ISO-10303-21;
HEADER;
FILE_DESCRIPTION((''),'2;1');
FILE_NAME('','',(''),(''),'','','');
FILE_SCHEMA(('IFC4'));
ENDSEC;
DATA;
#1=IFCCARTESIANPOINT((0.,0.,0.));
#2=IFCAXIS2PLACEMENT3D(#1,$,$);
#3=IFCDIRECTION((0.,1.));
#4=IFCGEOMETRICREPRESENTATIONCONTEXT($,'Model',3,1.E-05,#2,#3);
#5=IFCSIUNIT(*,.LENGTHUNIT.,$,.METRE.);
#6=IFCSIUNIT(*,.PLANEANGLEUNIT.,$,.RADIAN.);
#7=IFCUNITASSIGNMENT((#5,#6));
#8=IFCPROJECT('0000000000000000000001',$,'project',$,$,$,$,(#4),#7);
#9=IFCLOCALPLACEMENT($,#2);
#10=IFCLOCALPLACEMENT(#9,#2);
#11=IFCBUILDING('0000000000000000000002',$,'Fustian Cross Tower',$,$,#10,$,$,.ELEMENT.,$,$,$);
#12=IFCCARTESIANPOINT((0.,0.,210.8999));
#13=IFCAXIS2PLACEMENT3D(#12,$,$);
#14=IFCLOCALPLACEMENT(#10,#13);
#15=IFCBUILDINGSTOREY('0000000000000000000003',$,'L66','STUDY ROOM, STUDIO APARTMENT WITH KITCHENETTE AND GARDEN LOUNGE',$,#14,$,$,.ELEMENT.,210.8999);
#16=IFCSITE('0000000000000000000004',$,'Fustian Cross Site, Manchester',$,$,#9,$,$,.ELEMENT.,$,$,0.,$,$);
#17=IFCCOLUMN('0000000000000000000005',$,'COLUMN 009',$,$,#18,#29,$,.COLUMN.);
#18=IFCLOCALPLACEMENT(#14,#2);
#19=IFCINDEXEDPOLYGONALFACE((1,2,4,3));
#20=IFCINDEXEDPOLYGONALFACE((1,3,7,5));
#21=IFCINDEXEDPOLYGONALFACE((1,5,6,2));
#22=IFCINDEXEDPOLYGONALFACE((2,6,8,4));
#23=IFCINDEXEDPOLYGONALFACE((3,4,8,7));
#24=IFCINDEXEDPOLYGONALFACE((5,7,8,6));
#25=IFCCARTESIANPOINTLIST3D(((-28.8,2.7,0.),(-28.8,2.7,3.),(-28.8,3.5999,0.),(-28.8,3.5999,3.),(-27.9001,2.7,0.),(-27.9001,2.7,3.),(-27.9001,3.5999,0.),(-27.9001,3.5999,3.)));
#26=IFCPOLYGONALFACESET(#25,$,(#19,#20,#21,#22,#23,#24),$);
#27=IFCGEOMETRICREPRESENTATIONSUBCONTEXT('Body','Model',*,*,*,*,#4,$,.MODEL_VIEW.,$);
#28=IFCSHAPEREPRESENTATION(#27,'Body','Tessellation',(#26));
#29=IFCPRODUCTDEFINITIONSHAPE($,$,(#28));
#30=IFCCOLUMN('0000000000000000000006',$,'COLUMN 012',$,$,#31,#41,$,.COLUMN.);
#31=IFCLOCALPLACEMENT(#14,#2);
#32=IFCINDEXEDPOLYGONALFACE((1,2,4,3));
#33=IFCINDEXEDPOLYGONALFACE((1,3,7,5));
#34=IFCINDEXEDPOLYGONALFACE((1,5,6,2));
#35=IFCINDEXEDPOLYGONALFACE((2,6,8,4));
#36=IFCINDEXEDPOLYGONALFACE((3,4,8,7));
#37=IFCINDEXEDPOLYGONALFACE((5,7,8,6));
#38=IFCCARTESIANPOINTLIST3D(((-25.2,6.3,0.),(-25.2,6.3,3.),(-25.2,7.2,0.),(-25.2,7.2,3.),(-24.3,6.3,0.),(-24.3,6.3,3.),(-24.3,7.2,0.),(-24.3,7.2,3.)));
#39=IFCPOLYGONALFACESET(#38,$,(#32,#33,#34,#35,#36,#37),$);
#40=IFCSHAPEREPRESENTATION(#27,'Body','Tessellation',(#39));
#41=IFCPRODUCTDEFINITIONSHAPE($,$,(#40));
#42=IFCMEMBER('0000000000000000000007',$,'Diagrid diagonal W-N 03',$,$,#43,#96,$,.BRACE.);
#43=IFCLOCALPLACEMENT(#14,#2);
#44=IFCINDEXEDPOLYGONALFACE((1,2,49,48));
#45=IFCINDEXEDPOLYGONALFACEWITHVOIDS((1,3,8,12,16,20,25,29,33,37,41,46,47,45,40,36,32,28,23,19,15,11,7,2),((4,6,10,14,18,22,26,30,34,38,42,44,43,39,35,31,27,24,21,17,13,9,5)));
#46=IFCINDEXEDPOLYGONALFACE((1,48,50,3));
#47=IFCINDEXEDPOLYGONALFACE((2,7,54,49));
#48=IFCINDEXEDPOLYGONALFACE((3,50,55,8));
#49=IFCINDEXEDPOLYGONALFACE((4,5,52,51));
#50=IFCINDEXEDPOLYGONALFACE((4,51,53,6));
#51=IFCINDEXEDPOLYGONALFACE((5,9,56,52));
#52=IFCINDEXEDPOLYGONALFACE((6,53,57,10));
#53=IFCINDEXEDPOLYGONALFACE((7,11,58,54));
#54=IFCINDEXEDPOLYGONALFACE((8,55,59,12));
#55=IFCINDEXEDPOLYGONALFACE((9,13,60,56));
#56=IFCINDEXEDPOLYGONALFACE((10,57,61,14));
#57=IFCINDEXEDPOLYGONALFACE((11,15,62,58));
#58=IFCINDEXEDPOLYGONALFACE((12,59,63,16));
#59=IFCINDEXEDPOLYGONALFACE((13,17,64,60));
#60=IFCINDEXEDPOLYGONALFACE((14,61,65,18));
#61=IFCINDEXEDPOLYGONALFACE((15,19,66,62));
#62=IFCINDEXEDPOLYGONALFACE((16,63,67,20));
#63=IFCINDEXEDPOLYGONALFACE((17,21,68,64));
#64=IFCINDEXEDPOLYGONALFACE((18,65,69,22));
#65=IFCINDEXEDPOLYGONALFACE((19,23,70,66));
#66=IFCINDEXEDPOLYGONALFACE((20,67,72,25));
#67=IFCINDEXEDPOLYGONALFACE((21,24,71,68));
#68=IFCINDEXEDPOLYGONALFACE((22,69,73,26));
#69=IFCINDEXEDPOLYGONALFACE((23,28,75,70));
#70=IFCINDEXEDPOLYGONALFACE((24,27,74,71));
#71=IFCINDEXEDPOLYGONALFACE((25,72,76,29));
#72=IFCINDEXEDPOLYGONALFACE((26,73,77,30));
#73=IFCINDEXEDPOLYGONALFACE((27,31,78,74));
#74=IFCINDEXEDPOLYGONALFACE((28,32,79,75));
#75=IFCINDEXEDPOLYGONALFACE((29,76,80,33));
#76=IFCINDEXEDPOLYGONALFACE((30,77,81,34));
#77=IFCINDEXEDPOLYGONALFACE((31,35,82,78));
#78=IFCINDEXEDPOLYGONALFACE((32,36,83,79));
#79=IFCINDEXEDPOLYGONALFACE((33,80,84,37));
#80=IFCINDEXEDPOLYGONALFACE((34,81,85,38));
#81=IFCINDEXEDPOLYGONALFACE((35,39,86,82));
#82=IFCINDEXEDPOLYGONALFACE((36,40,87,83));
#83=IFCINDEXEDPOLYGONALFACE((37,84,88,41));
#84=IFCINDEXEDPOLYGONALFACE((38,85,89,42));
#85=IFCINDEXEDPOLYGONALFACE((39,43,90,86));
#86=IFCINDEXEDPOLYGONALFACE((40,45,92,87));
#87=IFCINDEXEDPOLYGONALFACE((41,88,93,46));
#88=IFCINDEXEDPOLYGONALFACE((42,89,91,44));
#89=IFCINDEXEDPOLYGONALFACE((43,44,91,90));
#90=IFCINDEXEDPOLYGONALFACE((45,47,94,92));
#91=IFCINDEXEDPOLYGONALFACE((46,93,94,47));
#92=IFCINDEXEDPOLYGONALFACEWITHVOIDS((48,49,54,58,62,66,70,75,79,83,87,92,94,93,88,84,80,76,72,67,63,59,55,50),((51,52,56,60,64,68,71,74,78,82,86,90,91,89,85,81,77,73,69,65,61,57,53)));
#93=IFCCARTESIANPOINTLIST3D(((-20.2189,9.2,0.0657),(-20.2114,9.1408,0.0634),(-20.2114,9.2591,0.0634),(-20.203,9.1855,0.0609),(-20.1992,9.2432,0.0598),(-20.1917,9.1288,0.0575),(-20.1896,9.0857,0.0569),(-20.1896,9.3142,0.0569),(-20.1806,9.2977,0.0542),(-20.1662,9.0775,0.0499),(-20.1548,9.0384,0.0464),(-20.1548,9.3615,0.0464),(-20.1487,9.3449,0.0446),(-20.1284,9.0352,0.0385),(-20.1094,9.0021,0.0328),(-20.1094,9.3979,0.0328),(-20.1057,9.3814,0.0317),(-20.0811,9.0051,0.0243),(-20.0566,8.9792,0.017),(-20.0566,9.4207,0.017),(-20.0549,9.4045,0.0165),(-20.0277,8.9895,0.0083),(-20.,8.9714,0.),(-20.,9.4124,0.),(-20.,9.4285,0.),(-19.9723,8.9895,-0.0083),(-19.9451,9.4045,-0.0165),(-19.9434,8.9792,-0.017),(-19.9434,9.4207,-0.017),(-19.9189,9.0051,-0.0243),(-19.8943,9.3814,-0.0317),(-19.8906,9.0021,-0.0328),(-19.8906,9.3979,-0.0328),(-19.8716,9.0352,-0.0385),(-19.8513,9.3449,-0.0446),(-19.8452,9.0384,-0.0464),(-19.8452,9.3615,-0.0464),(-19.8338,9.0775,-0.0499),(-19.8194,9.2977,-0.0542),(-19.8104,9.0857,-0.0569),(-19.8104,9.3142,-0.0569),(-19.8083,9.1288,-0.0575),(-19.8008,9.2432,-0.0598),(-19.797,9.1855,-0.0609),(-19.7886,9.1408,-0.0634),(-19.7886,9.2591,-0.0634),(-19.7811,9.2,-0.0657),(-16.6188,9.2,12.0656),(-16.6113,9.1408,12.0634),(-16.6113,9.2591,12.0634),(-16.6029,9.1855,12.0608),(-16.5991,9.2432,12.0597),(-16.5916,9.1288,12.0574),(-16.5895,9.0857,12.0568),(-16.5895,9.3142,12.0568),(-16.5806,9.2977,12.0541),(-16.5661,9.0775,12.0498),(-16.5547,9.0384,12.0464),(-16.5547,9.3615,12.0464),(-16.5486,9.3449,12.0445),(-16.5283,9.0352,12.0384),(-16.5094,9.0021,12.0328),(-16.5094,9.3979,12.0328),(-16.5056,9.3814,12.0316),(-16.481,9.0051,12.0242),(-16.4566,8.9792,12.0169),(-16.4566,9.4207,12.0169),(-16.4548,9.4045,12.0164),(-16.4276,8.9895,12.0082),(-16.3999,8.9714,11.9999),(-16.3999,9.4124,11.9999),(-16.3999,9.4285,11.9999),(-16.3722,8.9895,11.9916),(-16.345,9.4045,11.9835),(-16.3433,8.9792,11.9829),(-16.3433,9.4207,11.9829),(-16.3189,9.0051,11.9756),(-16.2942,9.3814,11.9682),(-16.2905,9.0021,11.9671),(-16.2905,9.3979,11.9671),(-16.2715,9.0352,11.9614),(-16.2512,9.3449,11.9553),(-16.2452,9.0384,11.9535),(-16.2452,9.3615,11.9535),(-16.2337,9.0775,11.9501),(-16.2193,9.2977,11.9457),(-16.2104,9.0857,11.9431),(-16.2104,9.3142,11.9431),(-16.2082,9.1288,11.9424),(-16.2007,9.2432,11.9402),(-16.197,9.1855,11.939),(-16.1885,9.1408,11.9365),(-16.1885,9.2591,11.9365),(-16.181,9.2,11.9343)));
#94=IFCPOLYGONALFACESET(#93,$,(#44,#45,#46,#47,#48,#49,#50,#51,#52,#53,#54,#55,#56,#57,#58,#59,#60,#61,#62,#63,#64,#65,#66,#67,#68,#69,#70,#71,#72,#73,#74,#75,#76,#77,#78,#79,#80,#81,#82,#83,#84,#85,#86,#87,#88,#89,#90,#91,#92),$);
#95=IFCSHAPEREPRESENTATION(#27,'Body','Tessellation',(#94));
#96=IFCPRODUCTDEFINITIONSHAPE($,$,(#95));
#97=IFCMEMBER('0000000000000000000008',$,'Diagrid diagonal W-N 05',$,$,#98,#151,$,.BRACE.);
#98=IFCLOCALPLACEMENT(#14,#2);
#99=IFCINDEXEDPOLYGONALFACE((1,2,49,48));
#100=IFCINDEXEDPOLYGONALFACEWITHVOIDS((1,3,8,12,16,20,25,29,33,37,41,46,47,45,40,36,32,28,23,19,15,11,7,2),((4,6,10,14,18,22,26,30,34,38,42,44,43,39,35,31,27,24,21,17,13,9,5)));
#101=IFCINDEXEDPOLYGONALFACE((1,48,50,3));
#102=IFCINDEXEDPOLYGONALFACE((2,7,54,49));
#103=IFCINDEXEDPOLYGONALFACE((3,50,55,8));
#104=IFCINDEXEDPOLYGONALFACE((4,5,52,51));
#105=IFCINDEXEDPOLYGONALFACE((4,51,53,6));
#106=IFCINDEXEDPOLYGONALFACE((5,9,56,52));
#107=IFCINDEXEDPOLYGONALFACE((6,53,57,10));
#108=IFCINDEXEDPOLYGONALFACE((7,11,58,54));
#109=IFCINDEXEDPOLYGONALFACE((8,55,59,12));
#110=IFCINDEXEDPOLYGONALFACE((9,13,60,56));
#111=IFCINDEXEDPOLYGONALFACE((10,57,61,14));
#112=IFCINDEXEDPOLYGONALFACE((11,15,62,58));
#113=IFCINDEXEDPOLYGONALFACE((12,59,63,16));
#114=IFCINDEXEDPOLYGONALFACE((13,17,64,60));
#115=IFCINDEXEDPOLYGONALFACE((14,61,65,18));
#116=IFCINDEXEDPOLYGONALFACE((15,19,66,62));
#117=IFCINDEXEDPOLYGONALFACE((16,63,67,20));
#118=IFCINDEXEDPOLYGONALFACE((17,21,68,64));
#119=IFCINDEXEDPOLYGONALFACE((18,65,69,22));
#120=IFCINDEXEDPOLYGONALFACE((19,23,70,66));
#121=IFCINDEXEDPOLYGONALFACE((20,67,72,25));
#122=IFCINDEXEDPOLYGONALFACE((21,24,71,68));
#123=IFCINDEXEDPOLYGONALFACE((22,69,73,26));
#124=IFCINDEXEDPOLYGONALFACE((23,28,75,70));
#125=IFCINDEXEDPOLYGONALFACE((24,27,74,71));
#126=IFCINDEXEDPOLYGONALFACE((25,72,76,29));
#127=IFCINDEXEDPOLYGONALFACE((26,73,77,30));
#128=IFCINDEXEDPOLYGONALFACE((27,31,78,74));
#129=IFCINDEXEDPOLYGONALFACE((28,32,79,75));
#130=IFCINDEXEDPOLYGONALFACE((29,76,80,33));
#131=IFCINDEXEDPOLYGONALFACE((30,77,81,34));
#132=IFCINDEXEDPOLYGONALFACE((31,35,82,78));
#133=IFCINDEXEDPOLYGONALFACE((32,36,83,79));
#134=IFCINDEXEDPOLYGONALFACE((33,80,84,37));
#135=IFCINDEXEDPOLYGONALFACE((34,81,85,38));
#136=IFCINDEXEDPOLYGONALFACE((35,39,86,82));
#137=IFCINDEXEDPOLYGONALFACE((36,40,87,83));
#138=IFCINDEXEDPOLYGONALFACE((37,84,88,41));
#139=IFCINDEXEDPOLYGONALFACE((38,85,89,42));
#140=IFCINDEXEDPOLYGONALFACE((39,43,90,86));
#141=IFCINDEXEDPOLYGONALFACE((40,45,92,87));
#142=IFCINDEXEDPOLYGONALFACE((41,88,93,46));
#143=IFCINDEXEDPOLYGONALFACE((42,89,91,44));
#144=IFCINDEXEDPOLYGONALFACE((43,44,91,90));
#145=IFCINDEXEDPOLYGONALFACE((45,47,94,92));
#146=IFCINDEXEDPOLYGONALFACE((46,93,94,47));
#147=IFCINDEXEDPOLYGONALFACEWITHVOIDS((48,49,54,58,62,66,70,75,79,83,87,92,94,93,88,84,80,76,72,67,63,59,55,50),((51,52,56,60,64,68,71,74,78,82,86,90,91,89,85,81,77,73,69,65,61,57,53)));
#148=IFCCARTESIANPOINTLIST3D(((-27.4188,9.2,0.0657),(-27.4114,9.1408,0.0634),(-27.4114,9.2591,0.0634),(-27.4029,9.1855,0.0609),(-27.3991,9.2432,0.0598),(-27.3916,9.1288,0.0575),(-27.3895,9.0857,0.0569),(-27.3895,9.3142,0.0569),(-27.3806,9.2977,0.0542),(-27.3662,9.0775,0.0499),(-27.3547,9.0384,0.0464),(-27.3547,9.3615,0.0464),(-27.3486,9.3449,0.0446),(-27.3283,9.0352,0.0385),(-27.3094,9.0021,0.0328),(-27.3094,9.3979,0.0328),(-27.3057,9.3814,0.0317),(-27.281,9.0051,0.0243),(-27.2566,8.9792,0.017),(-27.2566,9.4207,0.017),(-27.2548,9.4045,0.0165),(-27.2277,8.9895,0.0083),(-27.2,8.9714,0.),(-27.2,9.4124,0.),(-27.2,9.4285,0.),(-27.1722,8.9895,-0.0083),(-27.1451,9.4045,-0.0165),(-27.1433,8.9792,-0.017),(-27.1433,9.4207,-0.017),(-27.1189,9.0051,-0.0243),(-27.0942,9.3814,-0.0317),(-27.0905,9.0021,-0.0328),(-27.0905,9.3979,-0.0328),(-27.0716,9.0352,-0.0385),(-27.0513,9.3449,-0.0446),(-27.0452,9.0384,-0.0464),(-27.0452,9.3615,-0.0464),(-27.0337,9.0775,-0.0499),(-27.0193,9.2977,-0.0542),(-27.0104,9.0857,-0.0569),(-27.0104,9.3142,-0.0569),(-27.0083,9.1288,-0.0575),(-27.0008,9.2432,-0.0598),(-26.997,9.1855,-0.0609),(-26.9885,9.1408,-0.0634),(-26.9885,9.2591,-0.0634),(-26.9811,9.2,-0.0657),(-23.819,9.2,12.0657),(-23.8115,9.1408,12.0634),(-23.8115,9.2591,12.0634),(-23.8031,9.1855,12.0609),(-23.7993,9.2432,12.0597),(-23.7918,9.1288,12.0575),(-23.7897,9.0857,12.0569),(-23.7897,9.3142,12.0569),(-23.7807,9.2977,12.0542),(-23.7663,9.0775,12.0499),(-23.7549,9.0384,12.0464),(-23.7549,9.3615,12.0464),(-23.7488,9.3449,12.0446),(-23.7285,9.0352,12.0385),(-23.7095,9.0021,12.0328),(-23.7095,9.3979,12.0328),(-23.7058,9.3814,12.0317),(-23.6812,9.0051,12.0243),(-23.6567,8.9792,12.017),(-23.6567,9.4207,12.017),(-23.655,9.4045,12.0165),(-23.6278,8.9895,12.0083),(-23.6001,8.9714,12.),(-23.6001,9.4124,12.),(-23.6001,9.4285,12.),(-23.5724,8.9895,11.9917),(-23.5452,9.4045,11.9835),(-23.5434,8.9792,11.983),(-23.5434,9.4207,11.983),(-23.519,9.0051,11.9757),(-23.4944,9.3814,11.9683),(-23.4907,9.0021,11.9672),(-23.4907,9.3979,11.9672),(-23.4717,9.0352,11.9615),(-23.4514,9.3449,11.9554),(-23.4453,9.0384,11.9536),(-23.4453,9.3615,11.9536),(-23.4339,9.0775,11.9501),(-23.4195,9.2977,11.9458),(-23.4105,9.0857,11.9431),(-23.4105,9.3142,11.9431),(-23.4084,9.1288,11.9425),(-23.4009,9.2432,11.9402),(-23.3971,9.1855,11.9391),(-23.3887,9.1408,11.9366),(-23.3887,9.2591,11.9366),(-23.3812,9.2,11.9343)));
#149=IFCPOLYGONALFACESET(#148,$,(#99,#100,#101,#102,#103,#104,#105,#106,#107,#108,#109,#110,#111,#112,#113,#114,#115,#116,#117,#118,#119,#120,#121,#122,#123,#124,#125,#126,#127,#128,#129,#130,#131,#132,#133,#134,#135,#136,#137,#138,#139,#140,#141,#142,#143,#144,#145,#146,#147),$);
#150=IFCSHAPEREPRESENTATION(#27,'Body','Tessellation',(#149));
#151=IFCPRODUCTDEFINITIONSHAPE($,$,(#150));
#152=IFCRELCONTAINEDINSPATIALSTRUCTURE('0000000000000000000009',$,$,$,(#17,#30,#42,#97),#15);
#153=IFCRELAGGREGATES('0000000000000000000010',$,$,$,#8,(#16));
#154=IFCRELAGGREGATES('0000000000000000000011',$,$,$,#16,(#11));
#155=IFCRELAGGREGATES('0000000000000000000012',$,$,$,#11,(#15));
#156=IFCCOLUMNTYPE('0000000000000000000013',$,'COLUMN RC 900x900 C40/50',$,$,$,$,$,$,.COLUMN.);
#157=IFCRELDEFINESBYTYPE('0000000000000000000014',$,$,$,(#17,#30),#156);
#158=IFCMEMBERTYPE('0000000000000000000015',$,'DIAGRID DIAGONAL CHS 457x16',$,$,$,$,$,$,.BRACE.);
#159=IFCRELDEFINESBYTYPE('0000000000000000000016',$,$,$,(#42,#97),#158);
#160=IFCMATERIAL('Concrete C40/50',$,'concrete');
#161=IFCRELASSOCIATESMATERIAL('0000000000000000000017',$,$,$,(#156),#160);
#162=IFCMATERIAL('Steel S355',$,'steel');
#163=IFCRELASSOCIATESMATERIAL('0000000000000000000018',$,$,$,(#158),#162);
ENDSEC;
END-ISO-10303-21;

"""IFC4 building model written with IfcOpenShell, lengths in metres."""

from ifc_helpers import new_model, si_unit, direction, frame, origin, origin_2d, place, context, subcontext, project, spatial, rectangle, hollow_circle, extrude, material, material_profile, profile_set, type_object, element, save


model = new_model("IFC4")

# Units and contexts
model_context = context("Model", 3, precision=1e-05, world=origin(), true_north=direction((0.0, 1.0)))
body_context = subcontext(model_context, "Body", "Model", "MODEL_VIEW")
ifc_project = project(units=[si_unit("LENGTHUNIT", "METRE"), si_unit("PLANEANGLEUNIT", "RADIAN")], contexts=[model_context])

# Site, building, storey
site_placement = place(None, origin())
site = spatial("IfcSite", under=ifc_project, at=site_placement, Name="Fustian Cross Site, Manchester", CompositionType="ELEMENT", RefElevation=0.0)
building_placement = place(site_placement, origin())
building = spatial("IfcBuilding", under=site, at=building_placement, Name="Fustian Cross Tower", CompositionType="ELEMENT")
storey_placement = place(building_placement, frame((0.0, 0.0, 210.8999)))
storey = spatial("IfcBuildingStorey", under=building, at=storey_placement, Name="L66", Description="STUDY ROOM, STUDIO APARTMENT WITH KITCHENETTE AND GARDEN LOUNGE", CompositionType="ELEMENT", Elevation=210.8999)

# Columns
ifc_material_1 = material(Name="Concrete C40/50", Category="concrete")
ifc_material_profile_1 = material_profile(ifc_material_1, rectangle(XDim=0.8999, YDim=0.8999, at=origin_2d()), Name="RC 900x900")
ifc_profile_set_1 = profile_set([ifc_material_profile_1], Name="Concrete C40/50")
column_type = type_object("IfcColumnType", Name="COLUMN RC 900x900 C40/50", PredefinedType="COLUMN", material=ifc_profile_set_1)
for number, where, z_axis, x_axis, name in (
    (1, (-28.3501, 3.1499, 0.0), (0.0, 0.0, 1.0), (1.0, 0.0, 0.0), "COLUMN 009"),
    (2, (-24.75, 6.75, 0.0), (0.0, 0.0, 1.0), (1.0, 0.0, 0.0), "COLUMN 012"),
):
    element("IfcColumn", number, at=place(storey_placement, frame(where, z_axis=z_axis, x_axis=x_axis)), inside=storey, type_object=column_type, Name=name, PredefinedType="COLUMN", context=body_context, shape_type="SweptSolid", body=[
        extrude(rectangle(XDim=0.8999, YDim=0.8999, at=origin_2d()), origin(), (0.0, 0.0, 1.0), 3.0),
    ])

# Members
ifc_material_2 = material(Name="Steel S355", Category="steel")
ifc_material_profile_2 = material_profile(ifc_material_2, hollow_circle(Radius=0.2285, WallThickness=0.0161, at=origin_2d()), Name="CHS 457x16")
ifc_profile_set_2 = profile_set([ifc_material_profile_2], Name="Steel S355")
member_type_1 = type_object("IfcMemberType", Name="DIAGRID DIAGONAL CHS 457x16", PredefinedType="BRACE", material=ifc_profile_set_2)
for number, where, z_axis, x_axis, name in (
    (3, (-20.0, 9.2, 0.0), (0.287355, 0.0, 0.957824), (0.0, 1.0, 0.0), "Diagrid diagonal W-N 03"),
    (4, (-27.2, 9.2, 0.0), (0.287337, 0.0, 0.95783), (0.0, 1.0, 0.0), "Diagrid diagonal W-N 05"),
):
    element("IfcMember", number, at=place(storey_placement, frame(where, z_axis=z_axis, x_axis=x_axis)), inside=storey, type_object=member_type_1, Name=name, PredefinedType="BRACE", context=body_context, shape_type="SweptSolid", body=[
        extrude(hollow_circle(Radius=0.2285, WallThickness=0.0161, at=origin_2d()), origin(), (0.0, 0.0, 1.0), 12.5283),
    ])

save(model, "model.ifc")
